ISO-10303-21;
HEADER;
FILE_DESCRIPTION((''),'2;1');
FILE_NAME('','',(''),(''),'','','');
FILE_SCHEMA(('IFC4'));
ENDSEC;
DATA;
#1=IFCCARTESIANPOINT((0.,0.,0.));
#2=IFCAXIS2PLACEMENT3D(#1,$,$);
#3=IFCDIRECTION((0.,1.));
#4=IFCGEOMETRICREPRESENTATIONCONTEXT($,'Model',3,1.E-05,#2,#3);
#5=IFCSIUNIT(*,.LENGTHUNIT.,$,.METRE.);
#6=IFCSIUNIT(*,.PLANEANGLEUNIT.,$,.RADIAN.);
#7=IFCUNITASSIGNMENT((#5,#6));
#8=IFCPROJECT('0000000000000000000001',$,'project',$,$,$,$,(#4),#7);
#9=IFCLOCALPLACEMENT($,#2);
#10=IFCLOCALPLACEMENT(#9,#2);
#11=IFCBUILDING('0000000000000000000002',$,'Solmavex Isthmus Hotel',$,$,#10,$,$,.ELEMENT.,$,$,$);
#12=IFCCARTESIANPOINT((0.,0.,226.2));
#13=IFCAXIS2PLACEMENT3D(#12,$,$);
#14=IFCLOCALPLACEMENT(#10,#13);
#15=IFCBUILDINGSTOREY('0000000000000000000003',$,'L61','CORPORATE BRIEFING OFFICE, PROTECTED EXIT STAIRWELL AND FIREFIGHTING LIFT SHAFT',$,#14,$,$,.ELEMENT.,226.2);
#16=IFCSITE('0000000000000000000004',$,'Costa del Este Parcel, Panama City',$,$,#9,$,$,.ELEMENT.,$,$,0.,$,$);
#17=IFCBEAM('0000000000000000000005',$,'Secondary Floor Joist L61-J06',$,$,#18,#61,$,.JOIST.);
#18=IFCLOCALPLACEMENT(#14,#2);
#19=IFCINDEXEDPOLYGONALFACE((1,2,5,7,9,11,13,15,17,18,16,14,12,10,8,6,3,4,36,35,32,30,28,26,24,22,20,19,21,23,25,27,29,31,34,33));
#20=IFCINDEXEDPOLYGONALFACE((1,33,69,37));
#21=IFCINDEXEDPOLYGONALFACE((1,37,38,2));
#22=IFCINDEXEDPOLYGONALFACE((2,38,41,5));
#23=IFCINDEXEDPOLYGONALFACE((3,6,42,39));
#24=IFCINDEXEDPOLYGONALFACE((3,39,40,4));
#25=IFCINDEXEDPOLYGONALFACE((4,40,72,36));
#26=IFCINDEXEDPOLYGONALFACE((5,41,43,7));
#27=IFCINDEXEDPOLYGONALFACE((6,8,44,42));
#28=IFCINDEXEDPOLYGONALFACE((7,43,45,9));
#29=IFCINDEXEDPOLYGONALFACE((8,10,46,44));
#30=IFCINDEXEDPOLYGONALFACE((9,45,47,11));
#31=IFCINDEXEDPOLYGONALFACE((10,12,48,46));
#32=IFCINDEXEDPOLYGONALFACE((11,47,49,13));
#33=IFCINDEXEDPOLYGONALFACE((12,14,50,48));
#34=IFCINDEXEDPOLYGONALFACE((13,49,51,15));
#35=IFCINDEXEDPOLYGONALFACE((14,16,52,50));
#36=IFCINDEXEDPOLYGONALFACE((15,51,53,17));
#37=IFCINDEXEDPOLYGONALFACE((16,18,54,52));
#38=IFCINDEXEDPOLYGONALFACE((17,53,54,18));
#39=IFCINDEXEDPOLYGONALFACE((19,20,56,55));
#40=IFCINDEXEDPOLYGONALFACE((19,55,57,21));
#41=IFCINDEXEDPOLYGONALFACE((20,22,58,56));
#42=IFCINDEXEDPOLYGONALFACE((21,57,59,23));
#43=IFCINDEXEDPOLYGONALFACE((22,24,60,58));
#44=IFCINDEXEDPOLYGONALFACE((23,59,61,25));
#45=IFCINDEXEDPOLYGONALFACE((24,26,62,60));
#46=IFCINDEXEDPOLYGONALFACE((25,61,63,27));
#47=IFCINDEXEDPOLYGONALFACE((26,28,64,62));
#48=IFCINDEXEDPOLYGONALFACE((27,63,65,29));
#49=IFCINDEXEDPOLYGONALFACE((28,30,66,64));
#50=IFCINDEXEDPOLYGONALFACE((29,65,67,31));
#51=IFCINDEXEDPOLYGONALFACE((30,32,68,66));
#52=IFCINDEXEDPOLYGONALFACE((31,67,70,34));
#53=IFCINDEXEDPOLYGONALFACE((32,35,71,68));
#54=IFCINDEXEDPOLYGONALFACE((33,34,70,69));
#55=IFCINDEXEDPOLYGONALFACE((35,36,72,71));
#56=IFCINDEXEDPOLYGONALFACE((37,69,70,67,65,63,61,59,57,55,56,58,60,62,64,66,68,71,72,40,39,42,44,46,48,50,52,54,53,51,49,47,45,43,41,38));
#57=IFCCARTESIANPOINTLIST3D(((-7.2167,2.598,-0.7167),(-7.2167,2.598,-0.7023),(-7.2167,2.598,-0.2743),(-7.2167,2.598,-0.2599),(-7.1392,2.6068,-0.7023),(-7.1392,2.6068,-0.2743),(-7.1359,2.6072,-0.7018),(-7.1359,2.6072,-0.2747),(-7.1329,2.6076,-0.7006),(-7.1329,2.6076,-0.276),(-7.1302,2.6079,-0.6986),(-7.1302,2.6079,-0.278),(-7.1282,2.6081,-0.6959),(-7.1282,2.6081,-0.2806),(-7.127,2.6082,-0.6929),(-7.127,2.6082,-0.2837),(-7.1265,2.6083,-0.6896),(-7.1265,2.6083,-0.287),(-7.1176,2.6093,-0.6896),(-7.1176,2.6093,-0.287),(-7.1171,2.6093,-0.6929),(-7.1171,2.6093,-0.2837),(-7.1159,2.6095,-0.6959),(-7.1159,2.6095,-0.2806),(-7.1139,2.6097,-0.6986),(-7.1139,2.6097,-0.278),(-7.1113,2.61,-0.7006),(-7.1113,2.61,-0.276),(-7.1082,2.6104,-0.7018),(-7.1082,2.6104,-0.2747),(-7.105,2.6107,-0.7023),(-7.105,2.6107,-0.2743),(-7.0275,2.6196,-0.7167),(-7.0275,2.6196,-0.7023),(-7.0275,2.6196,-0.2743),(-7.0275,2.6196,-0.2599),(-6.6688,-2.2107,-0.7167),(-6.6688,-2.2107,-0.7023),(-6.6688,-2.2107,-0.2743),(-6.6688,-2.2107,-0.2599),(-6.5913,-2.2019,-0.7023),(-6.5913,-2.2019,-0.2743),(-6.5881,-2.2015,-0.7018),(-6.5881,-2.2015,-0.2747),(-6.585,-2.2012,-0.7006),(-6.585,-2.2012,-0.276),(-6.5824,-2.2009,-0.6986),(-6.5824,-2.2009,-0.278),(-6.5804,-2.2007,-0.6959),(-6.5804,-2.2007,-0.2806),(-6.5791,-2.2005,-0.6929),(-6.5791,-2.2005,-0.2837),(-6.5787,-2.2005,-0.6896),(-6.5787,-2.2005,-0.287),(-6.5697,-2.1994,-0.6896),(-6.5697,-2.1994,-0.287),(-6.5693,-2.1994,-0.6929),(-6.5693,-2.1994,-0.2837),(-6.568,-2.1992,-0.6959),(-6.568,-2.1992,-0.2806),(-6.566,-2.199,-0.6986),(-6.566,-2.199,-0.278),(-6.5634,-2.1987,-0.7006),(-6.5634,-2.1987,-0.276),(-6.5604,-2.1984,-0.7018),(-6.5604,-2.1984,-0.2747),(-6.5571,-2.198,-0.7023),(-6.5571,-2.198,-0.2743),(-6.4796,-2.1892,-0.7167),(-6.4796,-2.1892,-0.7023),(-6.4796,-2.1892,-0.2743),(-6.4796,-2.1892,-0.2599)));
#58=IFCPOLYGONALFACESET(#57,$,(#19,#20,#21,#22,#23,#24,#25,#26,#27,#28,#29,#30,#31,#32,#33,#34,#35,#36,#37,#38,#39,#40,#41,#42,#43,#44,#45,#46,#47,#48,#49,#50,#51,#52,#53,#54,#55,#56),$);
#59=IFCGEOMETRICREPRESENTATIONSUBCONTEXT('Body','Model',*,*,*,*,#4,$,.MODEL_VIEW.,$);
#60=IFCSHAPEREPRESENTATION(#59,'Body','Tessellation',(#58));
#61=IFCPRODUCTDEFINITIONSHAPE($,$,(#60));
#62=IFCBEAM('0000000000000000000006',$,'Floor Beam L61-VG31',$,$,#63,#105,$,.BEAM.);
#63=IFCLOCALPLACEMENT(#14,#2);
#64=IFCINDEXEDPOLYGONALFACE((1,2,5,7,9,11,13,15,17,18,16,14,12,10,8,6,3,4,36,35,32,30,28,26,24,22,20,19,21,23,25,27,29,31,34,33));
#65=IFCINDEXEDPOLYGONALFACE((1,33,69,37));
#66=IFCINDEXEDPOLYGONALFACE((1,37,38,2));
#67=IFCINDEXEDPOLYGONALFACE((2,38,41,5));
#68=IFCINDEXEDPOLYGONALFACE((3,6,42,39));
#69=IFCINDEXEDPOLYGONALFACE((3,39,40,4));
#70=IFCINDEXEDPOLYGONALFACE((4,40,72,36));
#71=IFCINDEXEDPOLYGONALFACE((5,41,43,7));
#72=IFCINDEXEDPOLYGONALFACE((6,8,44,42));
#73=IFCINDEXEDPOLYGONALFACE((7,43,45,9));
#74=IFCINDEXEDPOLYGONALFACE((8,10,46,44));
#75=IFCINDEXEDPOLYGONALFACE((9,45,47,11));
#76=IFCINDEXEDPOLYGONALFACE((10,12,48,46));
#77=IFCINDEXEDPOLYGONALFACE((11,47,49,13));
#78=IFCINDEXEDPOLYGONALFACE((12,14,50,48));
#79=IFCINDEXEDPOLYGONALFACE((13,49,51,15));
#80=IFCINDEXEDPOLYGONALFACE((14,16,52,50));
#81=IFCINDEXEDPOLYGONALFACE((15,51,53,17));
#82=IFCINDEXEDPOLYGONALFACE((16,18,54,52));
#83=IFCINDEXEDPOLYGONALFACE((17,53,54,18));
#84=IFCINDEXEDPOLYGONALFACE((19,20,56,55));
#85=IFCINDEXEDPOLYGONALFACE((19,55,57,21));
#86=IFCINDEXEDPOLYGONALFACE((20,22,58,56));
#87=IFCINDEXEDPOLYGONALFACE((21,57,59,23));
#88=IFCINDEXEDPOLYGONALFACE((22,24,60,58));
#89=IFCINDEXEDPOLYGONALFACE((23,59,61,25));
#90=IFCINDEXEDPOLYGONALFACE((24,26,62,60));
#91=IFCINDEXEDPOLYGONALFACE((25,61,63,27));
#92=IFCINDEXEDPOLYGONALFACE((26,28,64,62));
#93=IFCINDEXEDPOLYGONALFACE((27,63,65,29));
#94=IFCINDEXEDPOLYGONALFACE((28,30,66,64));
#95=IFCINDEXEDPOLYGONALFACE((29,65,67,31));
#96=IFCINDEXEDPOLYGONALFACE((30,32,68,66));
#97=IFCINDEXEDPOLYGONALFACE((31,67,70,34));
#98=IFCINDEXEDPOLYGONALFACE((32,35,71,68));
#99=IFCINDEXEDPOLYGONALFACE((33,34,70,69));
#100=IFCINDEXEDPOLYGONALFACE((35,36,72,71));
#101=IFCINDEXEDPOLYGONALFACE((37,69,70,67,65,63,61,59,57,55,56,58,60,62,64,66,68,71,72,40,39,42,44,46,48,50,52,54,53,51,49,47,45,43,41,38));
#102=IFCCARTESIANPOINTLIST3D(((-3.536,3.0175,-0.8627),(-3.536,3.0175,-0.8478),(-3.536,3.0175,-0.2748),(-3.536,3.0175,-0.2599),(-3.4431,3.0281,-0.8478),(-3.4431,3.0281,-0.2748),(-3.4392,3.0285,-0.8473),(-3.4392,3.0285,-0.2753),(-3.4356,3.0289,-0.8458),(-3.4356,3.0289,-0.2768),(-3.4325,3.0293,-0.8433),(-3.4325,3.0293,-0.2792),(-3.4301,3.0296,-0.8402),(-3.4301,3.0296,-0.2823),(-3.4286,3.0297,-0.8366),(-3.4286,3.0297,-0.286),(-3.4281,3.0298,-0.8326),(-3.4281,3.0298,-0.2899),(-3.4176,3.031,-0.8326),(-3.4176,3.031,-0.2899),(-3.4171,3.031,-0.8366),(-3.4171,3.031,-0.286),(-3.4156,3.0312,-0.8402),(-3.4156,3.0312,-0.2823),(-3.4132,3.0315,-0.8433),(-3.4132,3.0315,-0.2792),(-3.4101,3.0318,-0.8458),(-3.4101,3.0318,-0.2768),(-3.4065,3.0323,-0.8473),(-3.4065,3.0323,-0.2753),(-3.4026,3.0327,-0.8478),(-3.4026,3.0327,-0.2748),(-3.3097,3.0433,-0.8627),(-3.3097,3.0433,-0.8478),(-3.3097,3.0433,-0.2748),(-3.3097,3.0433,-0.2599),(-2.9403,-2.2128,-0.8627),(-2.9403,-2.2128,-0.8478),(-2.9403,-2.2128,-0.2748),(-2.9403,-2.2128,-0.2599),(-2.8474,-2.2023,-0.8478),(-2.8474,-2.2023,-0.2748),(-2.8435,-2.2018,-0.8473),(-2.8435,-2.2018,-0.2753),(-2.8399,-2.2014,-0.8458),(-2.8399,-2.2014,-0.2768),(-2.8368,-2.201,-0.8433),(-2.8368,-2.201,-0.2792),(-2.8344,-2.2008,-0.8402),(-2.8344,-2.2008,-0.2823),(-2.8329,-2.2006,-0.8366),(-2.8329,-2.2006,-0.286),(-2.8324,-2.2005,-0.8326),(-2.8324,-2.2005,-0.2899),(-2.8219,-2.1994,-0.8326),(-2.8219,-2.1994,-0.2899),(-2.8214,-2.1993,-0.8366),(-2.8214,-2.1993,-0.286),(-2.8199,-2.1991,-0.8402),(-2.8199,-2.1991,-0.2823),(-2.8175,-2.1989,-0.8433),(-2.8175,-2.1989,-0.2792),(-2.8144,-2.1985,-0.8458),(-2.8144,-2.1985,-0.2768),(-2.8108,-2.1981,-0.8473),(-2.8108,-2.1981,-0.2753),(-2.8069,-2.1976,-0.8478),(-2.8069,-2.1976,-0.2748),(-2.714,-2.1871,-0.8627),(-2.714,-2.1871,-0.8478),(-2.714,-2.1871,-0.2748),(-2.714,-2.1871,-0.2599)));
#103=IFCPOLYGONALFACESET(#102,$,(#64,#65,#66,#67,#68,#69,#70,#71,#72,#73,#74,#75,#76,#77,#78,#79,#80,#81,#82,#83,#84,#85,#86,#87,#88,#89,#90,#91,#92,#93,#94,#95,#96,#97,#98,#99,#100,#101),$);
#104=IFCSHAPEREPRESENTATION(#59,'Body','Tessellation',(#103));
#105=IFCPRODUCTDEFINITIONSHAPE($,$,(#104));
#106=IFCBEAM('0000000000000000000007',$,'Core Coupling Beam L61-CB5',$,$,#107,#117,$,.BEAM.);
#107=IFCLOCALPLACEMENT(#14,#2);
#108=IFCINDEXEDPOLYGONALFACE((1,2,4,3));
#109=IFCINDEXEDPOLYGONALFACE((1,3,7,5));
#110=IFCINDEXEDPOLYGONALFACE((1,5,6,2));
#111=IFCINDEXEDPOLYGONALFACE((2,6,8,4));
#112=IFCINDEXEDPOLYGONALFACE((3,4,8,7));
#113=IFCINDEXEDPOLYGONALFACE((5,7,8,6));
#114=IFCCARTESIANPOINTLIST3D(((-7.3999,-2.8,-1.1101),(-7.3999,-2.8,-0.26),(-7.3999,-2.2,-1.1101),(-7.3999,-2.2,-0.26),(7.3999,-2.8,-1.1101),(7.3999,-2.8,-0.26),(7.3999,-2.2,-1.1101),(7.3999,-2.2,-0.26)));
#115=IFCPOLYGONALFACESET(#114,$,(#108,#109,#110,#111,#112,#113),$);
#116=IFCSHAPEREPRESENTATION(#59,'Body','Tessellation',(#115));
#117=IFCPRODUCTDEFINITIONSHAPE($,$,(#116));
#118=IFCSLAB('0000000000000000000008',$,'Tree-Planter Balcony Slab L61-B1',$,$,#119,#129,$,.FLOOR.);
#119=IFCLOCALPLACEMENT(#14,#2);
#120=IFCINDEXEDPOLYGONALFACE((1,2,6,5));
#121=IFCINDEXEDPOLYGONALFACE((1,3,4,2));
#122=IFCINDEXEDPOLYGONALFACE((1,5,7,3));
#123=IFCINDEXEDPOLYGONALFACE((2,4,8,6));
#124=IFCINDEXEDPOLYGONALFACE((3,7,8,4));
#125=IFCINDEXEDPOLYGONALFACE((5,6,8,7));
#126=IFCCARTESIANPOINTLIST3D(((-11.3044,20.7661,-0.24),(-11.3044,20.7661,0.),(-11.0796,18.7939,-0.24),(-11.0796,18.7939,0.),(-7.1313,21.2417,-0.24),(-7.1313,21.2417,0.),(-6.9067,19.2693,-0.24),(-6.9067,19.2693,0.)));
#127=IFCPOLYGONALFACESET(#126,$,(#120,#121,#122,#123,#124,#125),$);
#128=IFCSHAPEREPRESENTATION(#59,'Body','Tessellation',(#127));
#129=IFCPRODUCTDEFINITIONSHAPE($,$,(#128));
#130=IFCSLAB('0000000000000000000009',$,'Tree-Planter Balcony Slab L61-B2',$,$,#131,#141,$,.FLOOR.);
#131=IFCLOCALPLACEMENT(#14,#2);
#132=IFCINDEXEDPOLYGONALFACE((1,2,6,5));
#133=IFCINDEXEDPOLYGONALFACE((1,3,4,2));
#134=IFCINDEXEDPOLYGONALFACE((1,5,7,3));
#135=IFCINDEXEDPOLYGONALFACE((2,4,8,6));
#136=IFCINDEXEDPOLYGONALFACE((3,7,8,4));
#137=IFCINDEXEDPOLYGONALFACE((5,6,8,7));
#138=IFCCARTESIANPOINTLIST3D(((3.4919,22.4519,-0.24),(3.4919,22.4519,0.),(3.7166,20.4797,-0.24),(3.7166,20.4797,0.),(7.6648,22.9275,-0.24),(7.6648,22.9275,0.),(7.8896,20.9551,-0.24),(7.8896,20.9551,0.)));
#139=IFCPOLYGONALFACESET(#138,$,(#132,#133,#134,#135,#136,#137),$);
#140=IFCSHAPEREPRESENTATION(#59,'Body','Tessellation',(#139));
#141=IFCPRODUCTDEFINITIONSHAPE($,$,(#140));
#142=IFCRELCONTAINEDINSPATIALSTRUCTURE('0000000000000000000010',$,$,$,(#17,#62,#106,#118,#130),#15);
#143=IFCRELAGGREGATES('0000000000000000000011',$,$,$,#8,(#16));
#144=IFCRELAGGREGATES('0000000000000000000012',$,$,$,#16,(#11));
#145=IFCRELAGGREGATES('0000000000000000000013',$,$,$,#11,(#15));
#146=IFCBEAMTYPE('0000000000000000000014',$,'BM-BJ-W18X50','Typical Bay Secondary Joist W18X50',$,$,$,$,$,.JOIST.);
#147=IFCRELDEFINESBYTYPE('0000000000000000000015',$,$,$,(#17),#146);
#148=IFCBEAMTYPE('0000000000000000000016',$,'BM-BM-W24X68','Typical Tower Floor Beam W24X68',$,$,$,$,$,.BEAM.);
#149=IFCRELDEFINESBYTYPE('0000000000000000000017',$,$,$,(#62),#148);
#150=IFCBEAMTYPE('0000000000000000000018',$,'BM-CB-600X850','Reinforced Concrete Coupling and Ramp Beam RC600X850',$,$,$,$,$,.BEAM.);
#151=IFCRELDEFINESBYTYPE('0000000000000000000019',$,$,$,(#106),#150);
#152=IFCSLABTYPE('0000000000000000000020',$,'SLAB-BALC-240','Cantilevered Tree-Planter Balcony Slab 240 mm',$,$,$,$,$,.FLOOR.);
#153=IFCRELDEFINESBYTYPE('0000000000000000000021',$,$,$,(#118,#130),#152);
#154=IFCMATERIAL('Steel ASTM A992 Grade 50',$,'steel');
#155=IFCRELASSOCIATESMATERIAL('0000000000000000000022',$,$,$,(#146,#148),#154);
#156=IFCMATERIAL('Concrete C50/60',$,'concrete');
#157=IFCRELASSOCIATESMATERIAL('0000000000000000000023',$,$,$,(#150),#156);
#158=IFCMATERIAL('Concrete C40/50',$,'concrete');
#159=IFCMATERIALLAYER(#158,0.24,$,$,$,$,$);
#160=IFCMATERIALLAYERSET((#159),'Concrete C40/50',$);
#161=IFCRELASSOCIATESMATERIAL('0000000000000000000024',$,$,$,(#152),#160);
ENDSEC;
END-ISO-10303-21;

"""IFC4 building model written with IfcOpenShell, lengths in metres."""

from ifc_helpers import new_model, si_unit, direction, frame, origin, origin_2d, place, context, subcontext, project, spatial, polyline, rectangle, i_section, outline, extrude, material, layer, layer_set, material_profile, profile_set, type_object, element, save


model = new_model("IFC4")

# Units and contexts
model_context = context("Model", 3, precision=1e-05, world=origin(), true_north=direction((0.0, 1.0)))
body_context = subcontext(model_context, "Body", "Model", "MODEL_VIEW")
ifc_project = project(units=[si_unit("LENGTHUNIT", "METRE"), si_unit("PLANEANGLEUNIT", "RADIAN")], contexts=[model_context])

# Site, building, storey
site_placement = place(None, origin())
site = spatial("IfcSite", under=ifc_project, at=site_placement, Name="Costa del Este Parcel, Panama City", CompositionType="ELEMENT", RefElevation=0.0)
building_placement = place(site_placement, origin())
building = spatial("IfcBuilding", under=site, at=building_placement, Name="Solmavex Isthmus Hotel", CompositionType="ELEMENT")
storey_placement = place(building_placement, frame((0.0, 0.0, 226.2)))
storey = spatial("IfcBuildingStorey", under=building, at=storey_placement, Name="L61", Description="CORPORATE BRIEFING OFFICE, PROTECTED EXIT STAIRWELL AND FIREFIGHTING LIFT SHAFT", CompositionType="ELEMENT", Elevation=226.2)

# Beams
ifc_material_1 = material(Name="Steel ASTM A992 Grade 50", Category="steel")
ifc_material_profile_1 = material_profile(ifc_material_1, i_section(OverallWidth=0.1904, OverallDepth=0.4568, WebThickness=0.009, FlangeThickness=0.0144, FilletRadius=0.0127, at=origin_2d()), Name="W18X50")
ifc_profile_set_1 = profile_set([ifc_material_profile_1], Name="Steel ASTM A992 Grade 50")
beam_type_1 = type_object("IfcBeamType", Name="BM-BJ-W18X50", Description="Typical Bay Secondary Joist W18X50", PredefinedType="JOIST", material=ifc_profile_set_1)
beam_1_placement = place(storey_placement, frame((-6.5742, -2.2, -0.4883), z_axis=(-0.113194, 0.993573, 0.0), x_axis=(-0.993573, -0.113194, 0.0)))
element("IfcBeam", 1, at=beam_1_placement, inside=storey, type_object=beam_type_1, Name="Secondary Floor Joist L61-J06", PredefinedType="JOIST", context=body_context, shape_type="SweptSolid", body=[
    extrude(i_section(OverallWidth=0.1904, OverallDepth=0.4568, WebThickness=0.009, FlangeThickness=0.0144, FilletRadius=0.0127, at=origin_2d()), origin(), (0.0, 0.0, 1.0), 4.8398),
])
ifc_material_profile_2 = material_profile(ifc_material_1, i_section(OverallWidth=0.2278, OverallDepth=0.6028, WebThickness=0.0105, FlangeThickness=0.0149, FilletRadius=0.0151, at=origin_2d()), Name="W24X68")
ifc_profile_set_2 = profile_set([ifc_material_profile_2], Name="Steel ASTM A992 Grade 50")
beam_type_2 = type_object("IfcBeamType", Name="BM-BM-W24X68", Description="Typical Tower Floor Beam W24X68", PredefinedType="BEAM", material=ifc_profile_set_2)
beam_2_placement = place(storey_placement, frame((-2.8271, -2.2, -0.5613), z_axis=(-0.113159, 0.993577, 0.0), x_axis=(-0.993577, -0.113159, 0.0)))
element("IfcBeam", 2, at=beam_2_placement, inside=storey, type_object=beam_type_2, Name="Floor Beam L61-VG31", PredefinedType="BEAM", context=body_context, shape_type="SweptSolid", body=[
    extrude(i_section(OverallWidth=0.2278, OverallDepth=0.6028, WebThickness=0.0105, FlangeThickness=0.0149, FilletRadius=0.0151, at=origin_2d()), origin(), (0.0, 0.0, 1.0), 5.2642),
])
ifc_material_2 = material(Name="Concrete C50/60", Category="concrete")
ifc_material_profile_3 = material_profile(ifc_material_2, rectangle(XDim=0.6001, YDim=0.8501, at=origin_2d()), Name="RC600X850")
ifc_profile_set_3 = profile_set([ifc_material_profile_3], Name="Concrete C50/60")
beam_type_3 = type_object("IfcBeamType", Name="BM-CB-600X850", Description="Reinforced Concrete Coupling and Ramp Beam RC600X850", PredefinedType="BEAM", material=ifc_profile_set_3)
beam_3_placement = place(storey_placement, frame((-7.3999, -2.5, -0.6851), z_axis=(1.0, 0.0, 0.0), x_axis=(0.0, 1.0, 0.0)))
element("IfcBeam", 3, at=beam_3_placement, inside=storey, type_object=beam_type_3, Name="Core Coupling Beam L61-CB5", PredefinedType="BEAM", context=body_context, shape_type="SweptSolid", body=[
    extrude(rectangle(XDim=0.6001, YDim=0.8501, at=origin_2d()), origin(), (0.0, 0.0, 1.0), 14.7998),
])

# Slabs
ifc_material_3 = material(Name="Concrete C40/50", Category="concrete")
ifc_layer_1 = layer(ifc_material_3, 0.24)
ifc_layer_set_1 = layer_set([ifc_layer_1], Name="Concrete C40/50")
slab_type_1 = type_object("IfcSlabType", Name="SLAB-BALC-240", Description="Cantilevered Tree-Planter Balcony Slab 240 mm", PredefinedType="FLOOR", material=ifc_layer_set_1)
slab_1_placement = place(storey_placement, frame((0.0, 0.0, -0.24)))
element("IfcSlab", 4, at=slab_1_placement, inside=storey, type_object=slab_type_1, Name="Tree-Planter Balcony Slab L61-B1", PredefinedType="FLOOR", context=body_context, shape_type="SweptSolid", body=[
    extrude(outline(polyline([(-11.0796, 18.7939), (-6.9067, 19.2693), (-7.1313, 21.2417), (-11.3044, 20.7661), (-11.0796, 18.7939)])), origin(), (0.0, 0.0, 1.0), 0.24),
])
slab_2_placement = place(storey_placement, frame((0.0, 0.0, -0.24)))
element("IfcSlab", 5, at=slab_2_placement, inside=storey, type_object=slab_type_1, Name="Tree-Planter Balcony Slab L61-B2", PredefinedType="FLOOR", context=body_context, shape_type="SweptSolid", body=[
    extrude(outline(polyline([(3.7166, 20.4797), (7.8896, 20.9551), (7.6648, 22.9275), (3.4919, 22.4519), (3.7166, 20.4797)])), origin(), (0.0, 0.0, 1.0), 0.24),
])

save(model, "model.ifc")
